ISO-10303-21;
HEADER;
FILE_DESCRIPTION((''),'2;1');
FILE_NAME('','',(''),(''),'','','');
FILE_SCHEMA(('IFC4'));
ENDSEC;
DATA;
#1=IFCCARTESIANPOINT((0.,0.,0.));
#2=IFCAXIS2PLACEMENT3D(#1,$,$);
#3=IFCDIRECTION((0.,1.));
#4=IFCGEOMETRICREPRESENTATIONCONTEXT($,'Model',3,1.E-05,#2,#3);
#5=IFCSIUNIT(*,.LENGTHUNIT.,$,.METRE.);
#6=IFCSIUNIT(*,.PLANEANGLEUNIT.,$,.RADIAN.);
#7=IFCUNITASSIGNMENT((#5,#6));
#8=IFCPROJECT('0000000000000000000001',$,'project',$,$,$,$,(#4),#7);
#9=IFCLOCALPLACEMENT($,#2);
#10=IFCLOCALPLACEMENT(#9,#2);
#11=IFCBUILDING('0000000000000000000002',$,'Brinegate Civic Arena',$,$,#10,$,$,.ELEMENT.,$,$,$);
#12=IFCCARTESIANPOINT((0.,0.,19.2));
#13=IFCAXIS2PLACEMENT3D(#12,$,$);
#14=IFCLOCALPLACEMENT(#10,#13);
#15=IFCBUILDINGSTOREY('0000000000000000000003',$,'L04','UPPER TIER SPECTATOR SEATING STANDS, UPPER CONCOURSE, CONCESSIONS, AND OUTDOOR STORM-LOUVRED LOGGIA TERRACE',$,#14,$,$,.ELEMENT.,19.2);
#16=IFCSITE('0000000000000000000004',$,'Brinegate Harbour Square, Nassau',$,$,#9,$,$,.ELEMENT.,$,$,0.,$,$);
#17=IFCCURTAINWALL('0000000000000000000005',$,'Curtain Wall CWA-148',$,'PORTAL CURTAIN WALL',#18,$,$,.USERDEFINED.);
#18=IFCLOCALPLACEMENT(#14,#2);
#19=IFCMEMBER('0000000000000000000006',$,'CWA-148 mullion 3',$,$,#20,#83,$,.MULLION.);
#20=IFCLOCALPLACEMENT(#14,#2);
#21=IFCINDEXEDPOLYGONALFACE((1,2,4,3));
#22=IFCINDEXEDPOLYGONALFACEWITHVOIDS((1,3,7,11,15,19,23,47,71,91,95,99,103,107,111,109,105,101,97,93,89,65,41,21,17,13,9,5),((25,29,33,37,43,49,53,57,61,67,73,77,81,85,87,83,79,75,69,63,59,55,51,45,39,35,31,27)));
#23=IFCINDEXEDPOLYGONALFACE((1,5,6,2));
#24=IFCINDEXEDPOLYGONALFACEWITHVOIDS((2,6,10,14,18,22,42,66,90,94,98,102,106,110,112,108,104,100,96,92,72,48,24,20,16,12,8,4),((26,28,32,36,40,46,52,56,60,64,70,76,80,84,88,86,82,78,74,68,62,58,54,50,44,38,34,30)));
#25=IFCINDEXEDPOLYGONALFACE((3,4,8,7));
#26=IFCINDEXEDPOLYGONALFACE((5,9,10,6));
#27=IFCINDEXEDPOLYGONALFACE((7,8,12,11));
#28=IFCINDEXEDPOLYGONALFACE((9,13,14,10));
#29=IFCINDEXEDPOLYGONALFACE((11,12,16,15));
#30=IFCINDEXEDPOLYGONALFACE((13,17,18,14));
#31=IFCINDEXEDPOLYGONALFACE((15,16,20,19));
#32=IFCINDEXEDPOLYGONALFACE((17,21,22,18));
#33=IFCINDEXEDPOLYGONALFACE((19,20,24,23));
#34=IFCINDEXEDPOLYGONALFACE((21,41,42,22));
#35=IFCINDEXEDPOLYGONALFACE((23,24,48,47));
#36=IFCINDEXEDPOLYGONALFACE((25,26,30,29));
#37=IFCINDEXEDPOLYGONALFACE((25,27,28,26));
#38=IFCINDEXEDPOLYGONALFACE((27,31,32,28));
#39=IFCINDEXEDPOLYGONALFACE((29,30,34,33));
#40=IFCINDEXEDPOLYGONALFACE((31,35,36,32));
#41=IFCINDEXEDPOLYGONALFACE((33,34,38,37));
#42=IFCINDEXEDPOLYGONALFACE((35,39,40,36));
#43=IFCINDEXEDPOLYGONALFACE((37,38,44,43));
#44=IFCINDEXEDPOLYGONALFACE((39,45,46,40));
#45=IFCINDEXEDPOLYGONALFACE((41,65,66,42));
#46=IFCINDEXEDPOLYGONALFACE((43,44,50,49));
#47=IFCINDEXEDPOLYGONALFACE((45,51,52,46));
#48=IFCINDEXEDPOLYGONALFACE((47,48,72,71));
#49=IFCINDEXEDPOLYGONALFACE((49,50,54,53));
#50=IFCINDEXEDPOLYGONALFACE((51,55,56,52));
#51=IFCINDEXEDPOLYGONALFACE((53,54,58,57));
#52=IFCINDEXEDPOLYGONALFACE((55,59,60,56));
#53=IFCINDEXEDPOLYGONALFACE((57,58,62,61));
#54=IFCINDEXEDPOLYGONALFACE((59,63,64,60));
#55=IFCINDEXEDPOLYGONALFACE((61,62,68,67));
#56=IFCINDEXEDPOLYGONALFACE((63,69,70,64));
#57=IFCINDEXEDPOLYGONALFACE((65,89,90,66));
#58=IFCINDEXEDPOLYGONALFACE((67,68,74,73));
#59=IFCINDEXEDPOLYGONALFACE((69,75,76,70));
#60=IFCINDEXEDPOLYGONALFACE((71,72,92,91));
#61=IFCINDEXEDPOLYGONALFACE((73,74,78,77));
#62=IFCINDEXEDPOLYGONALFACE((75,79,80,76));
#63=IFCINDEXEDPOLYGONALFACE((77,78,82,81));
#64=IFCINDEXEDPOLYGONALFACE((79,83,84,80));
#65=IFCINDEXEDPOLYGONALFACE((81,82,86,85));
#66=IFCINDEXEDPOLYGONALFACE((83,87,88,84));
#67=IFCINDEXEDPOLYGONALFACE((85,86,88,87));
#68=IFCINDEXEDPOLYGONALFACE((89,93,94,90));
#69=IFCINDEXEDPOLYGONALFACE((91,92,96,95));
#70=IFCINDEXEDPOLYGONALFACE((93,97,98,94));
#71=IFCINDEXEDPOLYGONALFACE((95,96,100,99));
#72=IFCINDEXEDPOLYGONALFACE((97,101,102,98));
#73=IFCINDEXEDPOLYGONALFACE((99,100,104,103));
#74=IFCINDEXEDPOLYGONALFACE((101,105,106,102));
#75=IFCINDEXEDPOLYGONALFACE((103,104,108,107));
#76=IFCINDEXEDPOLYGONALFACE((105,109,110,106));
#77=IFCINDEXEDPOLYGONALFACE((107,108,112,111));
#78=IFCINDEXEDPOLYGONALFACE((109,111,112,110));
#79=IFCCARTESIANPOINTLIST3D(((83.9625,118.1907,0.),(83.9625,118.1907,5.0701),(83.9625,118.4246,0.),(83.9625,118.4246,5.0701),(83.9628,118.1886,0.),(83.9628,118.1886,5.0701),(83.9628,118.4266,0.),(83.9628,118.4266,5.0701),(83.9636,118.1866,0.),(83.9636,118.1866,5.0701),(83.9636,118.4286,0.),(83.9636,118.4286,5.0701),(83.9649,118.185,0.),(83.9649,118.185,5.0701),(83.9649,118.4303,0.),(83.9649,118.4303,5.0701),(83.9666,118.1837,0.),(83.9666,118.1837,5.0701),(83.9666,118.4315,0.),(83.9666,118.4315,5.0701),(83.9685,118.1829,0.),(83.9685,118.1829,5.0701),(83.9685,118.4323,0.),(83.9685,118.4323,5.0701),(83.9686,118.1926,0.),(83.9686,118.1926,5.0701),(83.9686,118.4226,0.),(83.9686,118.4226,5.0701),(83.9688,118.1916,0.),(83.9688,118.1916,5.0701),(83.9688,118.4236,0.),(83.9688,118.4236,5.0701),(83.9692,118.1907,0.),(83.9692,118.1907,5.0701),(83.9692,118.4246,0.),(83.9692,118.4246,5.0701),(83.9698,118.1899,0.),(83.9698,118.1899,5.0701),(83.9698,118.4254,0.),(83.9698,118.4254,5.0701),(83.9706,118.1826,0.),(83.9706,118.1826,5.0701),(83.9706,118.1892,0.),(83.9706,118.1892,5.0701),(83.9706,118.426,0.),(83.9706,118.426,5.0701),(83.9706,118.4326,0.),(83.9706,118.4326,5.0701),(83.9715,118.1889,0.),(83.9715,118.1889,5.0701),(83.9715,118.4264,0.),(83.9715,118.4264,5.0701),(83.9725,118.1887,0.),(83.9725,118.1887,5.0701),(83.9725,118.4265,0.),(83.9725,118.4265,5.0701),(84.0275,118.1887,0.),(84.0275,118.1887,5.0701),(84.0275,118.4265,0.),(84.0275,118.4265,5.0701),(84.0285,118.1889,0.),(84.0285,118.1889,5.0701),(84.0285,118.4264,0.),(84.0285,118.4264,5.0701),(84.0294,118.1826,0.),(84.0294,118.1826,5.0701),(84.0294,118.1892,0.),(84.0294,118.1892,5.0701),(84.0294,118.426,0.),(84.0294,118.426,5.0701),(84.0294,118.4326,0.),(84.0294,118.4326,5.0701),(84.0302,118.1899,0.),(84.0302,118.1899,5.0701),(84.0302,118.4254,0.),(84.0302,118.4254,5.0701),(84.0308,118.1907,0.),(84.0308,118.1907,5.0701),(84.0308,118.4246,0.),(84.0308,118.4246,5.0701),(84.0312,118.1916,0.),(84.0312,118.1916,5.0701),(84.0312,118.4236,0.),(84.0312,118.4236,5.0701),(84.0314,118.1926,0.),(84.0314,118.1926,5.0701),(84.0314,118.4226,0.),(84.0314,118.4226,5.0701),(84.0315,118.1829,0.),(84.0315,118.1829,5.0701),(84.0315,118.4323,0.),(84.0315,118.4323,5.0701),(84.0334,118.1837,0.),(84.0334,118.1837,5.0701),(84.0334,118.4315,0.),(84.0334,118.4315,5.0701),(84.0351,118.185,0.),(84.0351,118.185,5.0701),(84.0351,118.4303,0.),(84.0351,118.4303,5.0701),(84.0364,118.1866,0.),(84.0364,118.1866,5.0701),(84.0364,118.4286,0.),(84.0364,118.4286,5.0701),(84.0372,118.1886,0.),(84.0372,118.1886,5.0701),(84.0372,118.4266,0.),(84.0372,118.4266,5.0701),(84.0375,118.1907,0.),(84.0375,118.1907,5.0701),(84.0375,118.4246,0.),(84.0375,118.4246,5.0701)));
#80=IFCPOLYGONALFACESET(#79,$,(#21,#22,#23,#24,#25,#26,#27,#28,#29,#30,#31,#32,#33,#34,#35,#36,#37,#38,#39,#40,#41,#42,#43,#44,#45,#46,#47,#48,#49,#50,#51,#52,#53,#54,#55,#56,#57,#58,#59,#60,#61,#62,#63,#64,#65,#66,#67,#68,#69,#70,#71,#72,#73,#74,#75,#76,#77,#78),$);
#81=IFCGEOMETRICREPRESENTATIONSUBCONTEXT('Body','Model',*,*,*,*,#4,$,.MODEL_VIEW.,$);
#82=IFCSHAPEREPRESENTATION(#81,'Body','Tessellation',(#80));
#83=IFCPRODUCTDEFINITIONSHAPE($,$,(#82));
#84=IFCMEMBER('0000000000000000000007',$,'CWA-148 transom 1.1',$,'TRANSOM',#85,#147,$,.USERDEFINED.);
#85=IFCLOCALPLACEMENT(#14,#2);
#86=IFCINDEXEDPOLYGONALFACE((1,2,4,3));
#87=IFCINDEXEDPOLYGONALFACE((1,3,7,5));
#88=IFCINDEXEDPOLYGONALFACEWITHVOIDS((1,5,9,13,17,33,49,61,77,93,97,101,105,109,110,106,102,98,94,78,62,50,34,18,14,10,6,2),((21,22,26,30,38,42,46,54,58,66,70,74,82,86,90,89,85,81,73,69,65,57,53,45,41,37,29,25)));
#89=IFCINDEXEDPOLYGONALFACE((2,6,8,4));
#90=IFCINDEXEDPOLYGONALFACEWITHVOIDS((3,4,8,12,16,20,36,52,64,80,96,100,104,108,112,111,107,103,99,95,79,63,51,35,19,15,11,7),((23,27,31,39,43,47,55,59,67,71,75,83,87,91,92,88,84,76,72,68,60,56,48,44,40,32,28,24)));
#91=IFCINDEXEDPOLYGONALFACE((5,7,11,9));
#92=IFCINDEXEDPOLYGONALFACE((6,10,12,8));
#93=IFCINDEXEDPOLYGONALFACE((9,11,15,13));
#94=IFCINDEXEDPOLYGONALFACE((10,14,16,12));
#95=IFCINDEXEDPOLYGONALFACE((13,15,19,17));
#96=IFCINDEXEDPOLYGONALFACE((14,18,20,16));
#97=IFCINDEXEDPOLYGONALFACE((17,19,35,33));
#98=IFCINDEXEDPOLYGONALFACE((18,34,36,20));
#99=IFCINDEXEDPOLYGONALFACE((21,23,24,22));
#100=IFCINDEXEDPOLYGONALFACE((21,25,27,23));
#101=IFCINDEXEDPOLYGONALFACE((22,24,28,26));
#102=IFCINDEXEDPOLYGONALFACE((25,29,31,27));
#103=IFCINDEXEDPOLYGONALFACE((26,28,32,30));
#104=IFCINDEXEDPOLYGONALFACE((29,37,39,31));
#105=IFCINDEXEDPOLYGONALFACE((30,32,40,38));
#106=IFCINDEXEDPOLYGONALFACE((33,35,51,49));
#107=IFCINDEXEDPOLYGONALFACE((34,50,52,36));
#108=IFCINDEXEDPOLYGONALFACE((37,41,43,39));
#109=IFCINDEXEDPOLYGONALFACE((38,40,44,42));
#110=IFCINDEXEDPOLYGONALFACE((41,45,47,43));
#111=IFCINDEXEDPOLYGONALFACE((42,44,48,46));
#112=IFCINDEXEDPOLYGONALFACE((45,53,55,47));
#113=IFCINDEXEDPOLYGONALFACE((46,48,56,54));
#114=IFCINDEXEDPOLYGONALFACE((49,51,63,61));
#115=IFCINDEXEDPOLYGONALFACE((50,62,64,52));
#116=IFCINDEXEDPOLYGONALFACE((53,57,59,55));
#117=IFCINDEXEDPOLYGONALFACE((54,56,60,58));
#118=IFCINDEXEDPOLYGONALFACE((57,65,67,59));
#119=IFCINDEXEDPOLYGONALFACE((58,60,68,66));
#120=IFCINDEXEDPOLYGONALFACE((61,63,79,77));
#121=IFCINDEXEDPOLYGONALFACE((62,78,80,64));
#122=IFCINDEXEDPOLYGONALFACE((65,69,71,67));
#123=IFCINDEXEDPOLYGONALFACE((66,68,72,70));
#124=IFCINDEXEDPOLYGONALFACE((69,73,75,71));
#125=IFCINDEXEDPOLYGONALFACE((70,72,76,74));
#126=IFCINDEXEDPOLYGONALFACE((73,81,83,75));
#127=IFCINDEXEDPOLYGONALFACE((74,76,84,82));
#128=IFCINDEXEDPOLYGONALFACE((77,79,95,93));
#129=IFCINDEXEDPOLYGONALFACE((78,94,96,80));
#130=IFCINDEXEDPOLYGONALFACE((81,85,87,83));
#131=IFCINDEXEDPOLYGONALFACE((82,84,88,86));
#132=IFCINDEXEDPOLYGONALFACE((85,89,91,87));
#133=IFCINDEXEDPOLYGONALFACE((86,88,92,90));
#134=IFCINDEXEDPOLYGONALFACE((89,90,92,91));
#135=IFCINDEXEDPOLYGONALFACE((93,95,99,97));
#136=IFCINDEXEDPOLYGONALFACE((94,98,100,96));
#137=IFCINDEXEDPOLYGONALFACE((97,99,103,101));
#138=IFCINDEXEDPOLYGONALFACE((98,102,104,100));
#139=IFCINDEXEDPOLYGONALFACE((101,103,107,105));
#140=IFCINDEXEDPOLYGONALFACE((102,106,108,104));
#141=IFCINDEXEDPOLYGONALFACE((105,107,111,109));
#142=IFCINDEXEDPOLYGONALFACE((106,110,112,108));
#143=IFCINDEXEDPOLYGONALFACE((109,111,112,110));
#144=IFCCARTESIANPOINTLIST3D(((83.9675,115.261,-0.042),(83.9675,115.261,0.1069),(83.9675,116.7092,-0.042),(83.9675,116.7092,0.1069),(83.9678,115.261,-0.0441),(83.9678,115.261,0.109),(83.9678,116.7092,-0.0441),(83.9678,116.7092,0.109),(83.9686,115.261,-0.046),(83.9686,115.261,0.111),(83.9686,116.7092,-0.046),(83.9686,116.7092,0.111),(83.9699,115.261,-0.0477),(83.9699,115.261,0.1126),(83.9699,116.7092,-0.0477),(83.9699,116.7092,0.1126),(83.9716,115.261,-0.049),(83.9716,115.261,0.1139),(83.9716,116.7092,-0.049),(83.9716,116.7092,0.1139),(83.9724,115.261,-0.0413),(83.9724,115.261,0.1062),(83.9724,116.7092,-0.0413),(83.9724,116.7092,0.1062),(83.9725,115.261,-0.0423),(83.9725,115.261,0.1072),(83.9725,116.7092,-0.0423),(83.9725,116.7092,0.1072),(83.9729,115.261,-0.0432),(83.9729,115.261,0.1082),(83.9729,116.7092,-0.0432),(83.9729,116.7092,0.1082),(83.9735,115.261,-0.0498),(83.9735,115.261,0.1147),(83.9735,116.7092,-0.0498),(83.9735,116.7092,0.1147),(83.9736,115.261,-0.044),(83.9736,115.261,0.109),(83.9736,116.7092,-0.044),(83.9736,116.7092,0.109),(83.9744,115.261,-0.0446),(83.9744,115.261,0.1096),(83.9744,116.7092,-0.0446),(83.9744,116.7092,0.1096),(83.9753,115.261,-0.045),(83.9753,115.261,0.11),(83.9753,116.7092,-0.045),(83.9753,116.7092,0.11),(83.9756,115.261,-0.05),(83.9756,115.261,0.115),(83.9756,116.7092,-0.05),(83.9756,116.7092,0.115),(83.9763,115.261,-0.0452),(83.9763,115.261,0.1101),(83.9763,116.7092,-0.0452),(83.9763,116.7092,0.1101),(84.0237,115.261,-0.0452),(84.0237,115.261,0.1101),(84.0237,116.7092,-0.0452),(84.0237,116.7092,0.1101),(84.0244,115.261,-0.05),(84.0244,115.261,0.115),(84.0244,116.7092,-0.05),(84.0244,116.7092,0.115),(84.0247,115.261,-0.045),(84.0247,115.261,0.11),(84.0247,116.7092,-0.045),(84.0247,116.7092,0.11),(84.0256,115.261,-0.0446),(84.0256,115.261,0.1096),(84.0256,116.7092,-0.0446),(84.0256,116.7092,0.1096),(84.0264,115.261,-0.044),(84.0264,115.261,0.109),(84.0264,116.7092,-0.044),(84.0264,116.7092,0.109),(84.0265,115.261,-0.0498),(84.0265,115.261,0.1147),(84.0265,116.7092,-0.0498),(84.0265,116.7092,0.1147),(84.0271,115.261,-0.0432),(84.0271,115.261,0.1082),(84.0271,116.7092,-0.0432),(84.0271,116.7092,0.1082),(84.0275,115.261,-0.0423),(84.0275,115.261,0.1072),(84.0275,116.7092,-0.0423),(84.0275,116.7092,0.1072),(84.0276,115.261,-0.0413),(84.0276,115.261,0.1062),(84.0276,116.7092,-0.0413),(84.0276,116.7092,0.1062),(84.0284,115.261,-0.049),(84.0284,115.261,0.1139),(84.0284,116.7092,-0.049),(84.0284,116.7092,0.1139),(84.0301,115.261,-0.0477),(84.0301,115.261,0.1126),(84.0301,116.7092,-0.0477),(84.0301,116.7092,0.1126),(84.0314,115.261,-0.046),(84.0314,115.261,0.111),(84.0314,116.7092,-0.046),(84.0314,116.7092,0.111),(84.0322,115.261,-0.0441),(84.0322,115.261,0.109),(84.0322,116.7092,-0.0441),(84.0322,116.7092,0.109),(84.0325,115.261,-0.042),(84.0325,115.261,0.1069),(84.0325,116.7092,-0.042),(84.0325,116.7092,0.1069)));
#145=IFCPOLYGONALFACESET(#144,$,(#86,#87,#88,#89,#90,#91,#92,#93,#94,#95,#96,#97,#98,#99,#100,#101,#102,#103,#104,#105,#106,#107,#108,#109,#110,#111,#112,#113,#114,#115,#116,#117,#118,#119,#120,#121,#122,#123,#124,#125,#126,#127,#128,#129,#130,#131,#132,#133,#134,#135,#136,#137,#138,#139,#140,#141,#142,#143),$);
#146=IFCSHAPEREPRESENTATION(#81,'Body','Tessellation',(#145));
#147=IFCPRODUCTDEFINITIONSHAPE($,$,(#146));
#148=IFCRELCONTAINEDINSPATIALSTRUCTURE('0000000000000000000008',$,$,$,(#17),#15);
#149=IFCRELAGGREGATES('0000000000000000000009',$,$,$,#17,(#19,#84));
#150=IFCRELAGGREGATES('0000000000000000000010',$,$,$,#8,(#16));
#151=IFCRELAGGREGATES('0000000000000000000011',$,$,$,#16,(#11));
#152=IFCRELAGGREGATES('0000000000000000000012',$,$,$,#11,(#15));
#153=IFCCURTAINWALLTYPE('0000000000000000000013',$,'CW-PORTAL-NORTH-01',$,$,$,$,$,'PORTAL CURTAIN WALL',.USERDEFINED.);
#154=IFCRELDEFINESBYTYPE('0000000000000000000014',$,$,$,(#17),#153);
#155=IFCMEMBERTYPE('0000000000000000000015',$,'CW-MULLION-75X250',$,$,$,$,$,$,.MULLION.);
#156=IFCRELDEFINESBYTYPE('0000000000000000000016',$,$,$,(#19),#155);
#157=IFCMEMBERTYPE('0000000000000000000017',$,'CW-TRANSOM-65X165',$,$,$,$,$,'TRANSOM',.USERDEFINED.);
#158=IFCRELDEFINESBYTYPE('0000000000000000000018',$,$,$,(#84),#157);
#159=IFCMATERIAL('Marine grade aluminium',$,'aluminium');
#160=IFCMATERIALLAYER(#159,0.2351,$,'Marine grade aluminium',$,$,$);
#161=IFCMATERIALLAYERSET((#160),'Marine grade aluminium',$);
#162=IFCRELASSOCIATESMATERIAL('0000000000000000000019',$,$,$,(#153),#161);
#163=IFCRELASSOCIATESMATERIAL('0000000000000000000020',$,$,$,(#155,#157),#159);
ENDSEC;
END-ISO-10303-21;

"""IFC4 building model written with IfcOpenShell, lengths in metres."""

from ifc_helpers import new_model, si_unit, direction, frame, origin, origin_2d, place, context, subcontext, project, spatial, hollow_rectangle, extrude, material, layer, layer_set, material_profile, profile_set, type_object, element, aggregate, save


model = new_model("IFC4")

# Units and contexts
model_context = context("Model", 3, precision=1e-05, world=origin(), true_north=direction((0.0, 1.0)))
body_context = subcontext(model_context, "Body", "Model", "MODEL_VIEW")
ifc_project = project(units=[si_unit("LENGTHUNIT", "METRE"), si_unit("PLANEANGLEUNIT", "RADIAN")], contexts=[model_context])

# Site, building, storey
site_placement = place(None, origin())
site = spatial("IfcSite", under=ifc_project, at=site_placement, Name="Brinegate Harbour Square, Nassau", CompositionType="ELEMENT", RefElevation=0.0)
building_placement = place(site_placement, origin())
building = spatial("IfcBuilding", under=site, at=building_placement, Name="Brinegate Civic Arena", CompositionType="ELEMENT")
storey_placement = place(building_placement, frame((0.0, 0.0, 19.2)))
storey = spatial("IfcBuildingStorey", under=building, at=storey_placement, Name="L04", Description="UPPER TIER SPECTATOR SEATING STANDS, UPPER CONCOURSE, CONCESSIONS, AND OUTDOOR STORM-LOUVRED LOGGIA TERRACE", CompositionType="ELEMENT", Elevation=19.2)

# Curtain wall, members
ifc_material_1 = material(Name="Marine grade aluminium", Category="aluminium")
ifc_layer_1 = layer(ifc_material_1, 0.2351, Name="Marine grade aluminium")
ifc_layer_set_1 = layer_set([ifc_layer_1], Name="Marine grade aluminium")
curtain_wall_type = type_object("IfcCurtainWallType", Name="CW-PORTAL-NORTH-01", ElementType="PORTAL CURTAIN WALL", PredefinedType="USERDEFINED", material=ifc_layer_set_1)
curtain_wall_placement = place(storey_placement, origin())
curtain_wall = element("IfcCurtainWall", 1, at=curtain_wall_placement, inside=storey, type_object=curtain_wall_type, Name="Curtain Wall CWA-148", ObjectType="PORTAL CURTAIN WALL", PredefinedType="USERDEFINED")
ifc_material_profile_1 = material_profile(ifc_material_1, hollow_rectangle(XDim=0.075, YDim=0.25, WallThickness=0.0061, InnerFilletRadius=0.0039, OuterFilletRadius=0.0081, at=origin_2d()), Name="MUL75X250")
ifc_profile_set_1 = profile_set([ifc_material_profile_1], Name="Marine grade aluminium")
member_type_1 = type_object("IfcMemberType", Name="CW-MULLION-75X250", PredefinedType="MULLION", material=ifc_profile_set_1)
member_1_placement = place(storey_placement, frame((84.0, 118.3076, 0.0), z_axis=(0.0, 0.0, 1.0), x_axis=(-1.0, 0.0, 0.0)))
member_1 = element("IfcMember", 2, at=member_1_placement, type_object=member_type_1, Name="CWA-148 mullion 3", PredefinedType="MULLION", context=body_context, shape_type="SweptSolid", body=[
    extrude(hollow_rectangle(XDim=0.075, YDim=0.25, WallThickness=0.0061, InnerFilletRadius=0.0039, OuterFilletRadius=0.0081, at=origin_2d()), origin(), (0.0, 0.0, 1.0), 5.0701),
])
ifc_material_profile_2 = material_profile(ifc_material_1, hollow_rectangle(XDim=0.0649, YDim=0.165, WallThickness=0.0049, InnerFilletRadius=0.0039, OuterFilletRadius=0.0081, at=origin_2d()), Name="TRN65X165")
ifc_profile_set_2 = profile_set([ifc_material_profile_2], Name="Marine grade aluminium")
member_type_2 = type_object("IfcMemberType", Name="CW-TRANSOM-65X165", ElementType="TRANSOM", PredefinedType="USERDEFINED", material=ifc_profile_set_2)
member_2_placement = place(storey_placement, frame((84.0, 115.261, 0.0325), z_axis=(0.0, 1.0, 0.0), x_axis=(-1.0, 0.0, 0.0)))
member_2 = element("IfcMember", 3, at=member_2_placement, type_object=member_type_2, Name="CWA-148 transom 1.1", ObjectType="TRANSOM", PredefinedType="USERDEFINED", context=body_context, shape_type="SweptSolid", body=[
    extrude(hollow_rectangle(XDim=0.0649, YDim=0.165, WallThickness=0.0049, InnerFilletRadius=0.0039, OuterFilletRadius=0.0081, at=origin_2d()), origin(), (0.0, 0.0, 1.0), 1.4482),
])

aggregate(curtain_wall, [member_1, member_2])

save(model, "model.ifc")
